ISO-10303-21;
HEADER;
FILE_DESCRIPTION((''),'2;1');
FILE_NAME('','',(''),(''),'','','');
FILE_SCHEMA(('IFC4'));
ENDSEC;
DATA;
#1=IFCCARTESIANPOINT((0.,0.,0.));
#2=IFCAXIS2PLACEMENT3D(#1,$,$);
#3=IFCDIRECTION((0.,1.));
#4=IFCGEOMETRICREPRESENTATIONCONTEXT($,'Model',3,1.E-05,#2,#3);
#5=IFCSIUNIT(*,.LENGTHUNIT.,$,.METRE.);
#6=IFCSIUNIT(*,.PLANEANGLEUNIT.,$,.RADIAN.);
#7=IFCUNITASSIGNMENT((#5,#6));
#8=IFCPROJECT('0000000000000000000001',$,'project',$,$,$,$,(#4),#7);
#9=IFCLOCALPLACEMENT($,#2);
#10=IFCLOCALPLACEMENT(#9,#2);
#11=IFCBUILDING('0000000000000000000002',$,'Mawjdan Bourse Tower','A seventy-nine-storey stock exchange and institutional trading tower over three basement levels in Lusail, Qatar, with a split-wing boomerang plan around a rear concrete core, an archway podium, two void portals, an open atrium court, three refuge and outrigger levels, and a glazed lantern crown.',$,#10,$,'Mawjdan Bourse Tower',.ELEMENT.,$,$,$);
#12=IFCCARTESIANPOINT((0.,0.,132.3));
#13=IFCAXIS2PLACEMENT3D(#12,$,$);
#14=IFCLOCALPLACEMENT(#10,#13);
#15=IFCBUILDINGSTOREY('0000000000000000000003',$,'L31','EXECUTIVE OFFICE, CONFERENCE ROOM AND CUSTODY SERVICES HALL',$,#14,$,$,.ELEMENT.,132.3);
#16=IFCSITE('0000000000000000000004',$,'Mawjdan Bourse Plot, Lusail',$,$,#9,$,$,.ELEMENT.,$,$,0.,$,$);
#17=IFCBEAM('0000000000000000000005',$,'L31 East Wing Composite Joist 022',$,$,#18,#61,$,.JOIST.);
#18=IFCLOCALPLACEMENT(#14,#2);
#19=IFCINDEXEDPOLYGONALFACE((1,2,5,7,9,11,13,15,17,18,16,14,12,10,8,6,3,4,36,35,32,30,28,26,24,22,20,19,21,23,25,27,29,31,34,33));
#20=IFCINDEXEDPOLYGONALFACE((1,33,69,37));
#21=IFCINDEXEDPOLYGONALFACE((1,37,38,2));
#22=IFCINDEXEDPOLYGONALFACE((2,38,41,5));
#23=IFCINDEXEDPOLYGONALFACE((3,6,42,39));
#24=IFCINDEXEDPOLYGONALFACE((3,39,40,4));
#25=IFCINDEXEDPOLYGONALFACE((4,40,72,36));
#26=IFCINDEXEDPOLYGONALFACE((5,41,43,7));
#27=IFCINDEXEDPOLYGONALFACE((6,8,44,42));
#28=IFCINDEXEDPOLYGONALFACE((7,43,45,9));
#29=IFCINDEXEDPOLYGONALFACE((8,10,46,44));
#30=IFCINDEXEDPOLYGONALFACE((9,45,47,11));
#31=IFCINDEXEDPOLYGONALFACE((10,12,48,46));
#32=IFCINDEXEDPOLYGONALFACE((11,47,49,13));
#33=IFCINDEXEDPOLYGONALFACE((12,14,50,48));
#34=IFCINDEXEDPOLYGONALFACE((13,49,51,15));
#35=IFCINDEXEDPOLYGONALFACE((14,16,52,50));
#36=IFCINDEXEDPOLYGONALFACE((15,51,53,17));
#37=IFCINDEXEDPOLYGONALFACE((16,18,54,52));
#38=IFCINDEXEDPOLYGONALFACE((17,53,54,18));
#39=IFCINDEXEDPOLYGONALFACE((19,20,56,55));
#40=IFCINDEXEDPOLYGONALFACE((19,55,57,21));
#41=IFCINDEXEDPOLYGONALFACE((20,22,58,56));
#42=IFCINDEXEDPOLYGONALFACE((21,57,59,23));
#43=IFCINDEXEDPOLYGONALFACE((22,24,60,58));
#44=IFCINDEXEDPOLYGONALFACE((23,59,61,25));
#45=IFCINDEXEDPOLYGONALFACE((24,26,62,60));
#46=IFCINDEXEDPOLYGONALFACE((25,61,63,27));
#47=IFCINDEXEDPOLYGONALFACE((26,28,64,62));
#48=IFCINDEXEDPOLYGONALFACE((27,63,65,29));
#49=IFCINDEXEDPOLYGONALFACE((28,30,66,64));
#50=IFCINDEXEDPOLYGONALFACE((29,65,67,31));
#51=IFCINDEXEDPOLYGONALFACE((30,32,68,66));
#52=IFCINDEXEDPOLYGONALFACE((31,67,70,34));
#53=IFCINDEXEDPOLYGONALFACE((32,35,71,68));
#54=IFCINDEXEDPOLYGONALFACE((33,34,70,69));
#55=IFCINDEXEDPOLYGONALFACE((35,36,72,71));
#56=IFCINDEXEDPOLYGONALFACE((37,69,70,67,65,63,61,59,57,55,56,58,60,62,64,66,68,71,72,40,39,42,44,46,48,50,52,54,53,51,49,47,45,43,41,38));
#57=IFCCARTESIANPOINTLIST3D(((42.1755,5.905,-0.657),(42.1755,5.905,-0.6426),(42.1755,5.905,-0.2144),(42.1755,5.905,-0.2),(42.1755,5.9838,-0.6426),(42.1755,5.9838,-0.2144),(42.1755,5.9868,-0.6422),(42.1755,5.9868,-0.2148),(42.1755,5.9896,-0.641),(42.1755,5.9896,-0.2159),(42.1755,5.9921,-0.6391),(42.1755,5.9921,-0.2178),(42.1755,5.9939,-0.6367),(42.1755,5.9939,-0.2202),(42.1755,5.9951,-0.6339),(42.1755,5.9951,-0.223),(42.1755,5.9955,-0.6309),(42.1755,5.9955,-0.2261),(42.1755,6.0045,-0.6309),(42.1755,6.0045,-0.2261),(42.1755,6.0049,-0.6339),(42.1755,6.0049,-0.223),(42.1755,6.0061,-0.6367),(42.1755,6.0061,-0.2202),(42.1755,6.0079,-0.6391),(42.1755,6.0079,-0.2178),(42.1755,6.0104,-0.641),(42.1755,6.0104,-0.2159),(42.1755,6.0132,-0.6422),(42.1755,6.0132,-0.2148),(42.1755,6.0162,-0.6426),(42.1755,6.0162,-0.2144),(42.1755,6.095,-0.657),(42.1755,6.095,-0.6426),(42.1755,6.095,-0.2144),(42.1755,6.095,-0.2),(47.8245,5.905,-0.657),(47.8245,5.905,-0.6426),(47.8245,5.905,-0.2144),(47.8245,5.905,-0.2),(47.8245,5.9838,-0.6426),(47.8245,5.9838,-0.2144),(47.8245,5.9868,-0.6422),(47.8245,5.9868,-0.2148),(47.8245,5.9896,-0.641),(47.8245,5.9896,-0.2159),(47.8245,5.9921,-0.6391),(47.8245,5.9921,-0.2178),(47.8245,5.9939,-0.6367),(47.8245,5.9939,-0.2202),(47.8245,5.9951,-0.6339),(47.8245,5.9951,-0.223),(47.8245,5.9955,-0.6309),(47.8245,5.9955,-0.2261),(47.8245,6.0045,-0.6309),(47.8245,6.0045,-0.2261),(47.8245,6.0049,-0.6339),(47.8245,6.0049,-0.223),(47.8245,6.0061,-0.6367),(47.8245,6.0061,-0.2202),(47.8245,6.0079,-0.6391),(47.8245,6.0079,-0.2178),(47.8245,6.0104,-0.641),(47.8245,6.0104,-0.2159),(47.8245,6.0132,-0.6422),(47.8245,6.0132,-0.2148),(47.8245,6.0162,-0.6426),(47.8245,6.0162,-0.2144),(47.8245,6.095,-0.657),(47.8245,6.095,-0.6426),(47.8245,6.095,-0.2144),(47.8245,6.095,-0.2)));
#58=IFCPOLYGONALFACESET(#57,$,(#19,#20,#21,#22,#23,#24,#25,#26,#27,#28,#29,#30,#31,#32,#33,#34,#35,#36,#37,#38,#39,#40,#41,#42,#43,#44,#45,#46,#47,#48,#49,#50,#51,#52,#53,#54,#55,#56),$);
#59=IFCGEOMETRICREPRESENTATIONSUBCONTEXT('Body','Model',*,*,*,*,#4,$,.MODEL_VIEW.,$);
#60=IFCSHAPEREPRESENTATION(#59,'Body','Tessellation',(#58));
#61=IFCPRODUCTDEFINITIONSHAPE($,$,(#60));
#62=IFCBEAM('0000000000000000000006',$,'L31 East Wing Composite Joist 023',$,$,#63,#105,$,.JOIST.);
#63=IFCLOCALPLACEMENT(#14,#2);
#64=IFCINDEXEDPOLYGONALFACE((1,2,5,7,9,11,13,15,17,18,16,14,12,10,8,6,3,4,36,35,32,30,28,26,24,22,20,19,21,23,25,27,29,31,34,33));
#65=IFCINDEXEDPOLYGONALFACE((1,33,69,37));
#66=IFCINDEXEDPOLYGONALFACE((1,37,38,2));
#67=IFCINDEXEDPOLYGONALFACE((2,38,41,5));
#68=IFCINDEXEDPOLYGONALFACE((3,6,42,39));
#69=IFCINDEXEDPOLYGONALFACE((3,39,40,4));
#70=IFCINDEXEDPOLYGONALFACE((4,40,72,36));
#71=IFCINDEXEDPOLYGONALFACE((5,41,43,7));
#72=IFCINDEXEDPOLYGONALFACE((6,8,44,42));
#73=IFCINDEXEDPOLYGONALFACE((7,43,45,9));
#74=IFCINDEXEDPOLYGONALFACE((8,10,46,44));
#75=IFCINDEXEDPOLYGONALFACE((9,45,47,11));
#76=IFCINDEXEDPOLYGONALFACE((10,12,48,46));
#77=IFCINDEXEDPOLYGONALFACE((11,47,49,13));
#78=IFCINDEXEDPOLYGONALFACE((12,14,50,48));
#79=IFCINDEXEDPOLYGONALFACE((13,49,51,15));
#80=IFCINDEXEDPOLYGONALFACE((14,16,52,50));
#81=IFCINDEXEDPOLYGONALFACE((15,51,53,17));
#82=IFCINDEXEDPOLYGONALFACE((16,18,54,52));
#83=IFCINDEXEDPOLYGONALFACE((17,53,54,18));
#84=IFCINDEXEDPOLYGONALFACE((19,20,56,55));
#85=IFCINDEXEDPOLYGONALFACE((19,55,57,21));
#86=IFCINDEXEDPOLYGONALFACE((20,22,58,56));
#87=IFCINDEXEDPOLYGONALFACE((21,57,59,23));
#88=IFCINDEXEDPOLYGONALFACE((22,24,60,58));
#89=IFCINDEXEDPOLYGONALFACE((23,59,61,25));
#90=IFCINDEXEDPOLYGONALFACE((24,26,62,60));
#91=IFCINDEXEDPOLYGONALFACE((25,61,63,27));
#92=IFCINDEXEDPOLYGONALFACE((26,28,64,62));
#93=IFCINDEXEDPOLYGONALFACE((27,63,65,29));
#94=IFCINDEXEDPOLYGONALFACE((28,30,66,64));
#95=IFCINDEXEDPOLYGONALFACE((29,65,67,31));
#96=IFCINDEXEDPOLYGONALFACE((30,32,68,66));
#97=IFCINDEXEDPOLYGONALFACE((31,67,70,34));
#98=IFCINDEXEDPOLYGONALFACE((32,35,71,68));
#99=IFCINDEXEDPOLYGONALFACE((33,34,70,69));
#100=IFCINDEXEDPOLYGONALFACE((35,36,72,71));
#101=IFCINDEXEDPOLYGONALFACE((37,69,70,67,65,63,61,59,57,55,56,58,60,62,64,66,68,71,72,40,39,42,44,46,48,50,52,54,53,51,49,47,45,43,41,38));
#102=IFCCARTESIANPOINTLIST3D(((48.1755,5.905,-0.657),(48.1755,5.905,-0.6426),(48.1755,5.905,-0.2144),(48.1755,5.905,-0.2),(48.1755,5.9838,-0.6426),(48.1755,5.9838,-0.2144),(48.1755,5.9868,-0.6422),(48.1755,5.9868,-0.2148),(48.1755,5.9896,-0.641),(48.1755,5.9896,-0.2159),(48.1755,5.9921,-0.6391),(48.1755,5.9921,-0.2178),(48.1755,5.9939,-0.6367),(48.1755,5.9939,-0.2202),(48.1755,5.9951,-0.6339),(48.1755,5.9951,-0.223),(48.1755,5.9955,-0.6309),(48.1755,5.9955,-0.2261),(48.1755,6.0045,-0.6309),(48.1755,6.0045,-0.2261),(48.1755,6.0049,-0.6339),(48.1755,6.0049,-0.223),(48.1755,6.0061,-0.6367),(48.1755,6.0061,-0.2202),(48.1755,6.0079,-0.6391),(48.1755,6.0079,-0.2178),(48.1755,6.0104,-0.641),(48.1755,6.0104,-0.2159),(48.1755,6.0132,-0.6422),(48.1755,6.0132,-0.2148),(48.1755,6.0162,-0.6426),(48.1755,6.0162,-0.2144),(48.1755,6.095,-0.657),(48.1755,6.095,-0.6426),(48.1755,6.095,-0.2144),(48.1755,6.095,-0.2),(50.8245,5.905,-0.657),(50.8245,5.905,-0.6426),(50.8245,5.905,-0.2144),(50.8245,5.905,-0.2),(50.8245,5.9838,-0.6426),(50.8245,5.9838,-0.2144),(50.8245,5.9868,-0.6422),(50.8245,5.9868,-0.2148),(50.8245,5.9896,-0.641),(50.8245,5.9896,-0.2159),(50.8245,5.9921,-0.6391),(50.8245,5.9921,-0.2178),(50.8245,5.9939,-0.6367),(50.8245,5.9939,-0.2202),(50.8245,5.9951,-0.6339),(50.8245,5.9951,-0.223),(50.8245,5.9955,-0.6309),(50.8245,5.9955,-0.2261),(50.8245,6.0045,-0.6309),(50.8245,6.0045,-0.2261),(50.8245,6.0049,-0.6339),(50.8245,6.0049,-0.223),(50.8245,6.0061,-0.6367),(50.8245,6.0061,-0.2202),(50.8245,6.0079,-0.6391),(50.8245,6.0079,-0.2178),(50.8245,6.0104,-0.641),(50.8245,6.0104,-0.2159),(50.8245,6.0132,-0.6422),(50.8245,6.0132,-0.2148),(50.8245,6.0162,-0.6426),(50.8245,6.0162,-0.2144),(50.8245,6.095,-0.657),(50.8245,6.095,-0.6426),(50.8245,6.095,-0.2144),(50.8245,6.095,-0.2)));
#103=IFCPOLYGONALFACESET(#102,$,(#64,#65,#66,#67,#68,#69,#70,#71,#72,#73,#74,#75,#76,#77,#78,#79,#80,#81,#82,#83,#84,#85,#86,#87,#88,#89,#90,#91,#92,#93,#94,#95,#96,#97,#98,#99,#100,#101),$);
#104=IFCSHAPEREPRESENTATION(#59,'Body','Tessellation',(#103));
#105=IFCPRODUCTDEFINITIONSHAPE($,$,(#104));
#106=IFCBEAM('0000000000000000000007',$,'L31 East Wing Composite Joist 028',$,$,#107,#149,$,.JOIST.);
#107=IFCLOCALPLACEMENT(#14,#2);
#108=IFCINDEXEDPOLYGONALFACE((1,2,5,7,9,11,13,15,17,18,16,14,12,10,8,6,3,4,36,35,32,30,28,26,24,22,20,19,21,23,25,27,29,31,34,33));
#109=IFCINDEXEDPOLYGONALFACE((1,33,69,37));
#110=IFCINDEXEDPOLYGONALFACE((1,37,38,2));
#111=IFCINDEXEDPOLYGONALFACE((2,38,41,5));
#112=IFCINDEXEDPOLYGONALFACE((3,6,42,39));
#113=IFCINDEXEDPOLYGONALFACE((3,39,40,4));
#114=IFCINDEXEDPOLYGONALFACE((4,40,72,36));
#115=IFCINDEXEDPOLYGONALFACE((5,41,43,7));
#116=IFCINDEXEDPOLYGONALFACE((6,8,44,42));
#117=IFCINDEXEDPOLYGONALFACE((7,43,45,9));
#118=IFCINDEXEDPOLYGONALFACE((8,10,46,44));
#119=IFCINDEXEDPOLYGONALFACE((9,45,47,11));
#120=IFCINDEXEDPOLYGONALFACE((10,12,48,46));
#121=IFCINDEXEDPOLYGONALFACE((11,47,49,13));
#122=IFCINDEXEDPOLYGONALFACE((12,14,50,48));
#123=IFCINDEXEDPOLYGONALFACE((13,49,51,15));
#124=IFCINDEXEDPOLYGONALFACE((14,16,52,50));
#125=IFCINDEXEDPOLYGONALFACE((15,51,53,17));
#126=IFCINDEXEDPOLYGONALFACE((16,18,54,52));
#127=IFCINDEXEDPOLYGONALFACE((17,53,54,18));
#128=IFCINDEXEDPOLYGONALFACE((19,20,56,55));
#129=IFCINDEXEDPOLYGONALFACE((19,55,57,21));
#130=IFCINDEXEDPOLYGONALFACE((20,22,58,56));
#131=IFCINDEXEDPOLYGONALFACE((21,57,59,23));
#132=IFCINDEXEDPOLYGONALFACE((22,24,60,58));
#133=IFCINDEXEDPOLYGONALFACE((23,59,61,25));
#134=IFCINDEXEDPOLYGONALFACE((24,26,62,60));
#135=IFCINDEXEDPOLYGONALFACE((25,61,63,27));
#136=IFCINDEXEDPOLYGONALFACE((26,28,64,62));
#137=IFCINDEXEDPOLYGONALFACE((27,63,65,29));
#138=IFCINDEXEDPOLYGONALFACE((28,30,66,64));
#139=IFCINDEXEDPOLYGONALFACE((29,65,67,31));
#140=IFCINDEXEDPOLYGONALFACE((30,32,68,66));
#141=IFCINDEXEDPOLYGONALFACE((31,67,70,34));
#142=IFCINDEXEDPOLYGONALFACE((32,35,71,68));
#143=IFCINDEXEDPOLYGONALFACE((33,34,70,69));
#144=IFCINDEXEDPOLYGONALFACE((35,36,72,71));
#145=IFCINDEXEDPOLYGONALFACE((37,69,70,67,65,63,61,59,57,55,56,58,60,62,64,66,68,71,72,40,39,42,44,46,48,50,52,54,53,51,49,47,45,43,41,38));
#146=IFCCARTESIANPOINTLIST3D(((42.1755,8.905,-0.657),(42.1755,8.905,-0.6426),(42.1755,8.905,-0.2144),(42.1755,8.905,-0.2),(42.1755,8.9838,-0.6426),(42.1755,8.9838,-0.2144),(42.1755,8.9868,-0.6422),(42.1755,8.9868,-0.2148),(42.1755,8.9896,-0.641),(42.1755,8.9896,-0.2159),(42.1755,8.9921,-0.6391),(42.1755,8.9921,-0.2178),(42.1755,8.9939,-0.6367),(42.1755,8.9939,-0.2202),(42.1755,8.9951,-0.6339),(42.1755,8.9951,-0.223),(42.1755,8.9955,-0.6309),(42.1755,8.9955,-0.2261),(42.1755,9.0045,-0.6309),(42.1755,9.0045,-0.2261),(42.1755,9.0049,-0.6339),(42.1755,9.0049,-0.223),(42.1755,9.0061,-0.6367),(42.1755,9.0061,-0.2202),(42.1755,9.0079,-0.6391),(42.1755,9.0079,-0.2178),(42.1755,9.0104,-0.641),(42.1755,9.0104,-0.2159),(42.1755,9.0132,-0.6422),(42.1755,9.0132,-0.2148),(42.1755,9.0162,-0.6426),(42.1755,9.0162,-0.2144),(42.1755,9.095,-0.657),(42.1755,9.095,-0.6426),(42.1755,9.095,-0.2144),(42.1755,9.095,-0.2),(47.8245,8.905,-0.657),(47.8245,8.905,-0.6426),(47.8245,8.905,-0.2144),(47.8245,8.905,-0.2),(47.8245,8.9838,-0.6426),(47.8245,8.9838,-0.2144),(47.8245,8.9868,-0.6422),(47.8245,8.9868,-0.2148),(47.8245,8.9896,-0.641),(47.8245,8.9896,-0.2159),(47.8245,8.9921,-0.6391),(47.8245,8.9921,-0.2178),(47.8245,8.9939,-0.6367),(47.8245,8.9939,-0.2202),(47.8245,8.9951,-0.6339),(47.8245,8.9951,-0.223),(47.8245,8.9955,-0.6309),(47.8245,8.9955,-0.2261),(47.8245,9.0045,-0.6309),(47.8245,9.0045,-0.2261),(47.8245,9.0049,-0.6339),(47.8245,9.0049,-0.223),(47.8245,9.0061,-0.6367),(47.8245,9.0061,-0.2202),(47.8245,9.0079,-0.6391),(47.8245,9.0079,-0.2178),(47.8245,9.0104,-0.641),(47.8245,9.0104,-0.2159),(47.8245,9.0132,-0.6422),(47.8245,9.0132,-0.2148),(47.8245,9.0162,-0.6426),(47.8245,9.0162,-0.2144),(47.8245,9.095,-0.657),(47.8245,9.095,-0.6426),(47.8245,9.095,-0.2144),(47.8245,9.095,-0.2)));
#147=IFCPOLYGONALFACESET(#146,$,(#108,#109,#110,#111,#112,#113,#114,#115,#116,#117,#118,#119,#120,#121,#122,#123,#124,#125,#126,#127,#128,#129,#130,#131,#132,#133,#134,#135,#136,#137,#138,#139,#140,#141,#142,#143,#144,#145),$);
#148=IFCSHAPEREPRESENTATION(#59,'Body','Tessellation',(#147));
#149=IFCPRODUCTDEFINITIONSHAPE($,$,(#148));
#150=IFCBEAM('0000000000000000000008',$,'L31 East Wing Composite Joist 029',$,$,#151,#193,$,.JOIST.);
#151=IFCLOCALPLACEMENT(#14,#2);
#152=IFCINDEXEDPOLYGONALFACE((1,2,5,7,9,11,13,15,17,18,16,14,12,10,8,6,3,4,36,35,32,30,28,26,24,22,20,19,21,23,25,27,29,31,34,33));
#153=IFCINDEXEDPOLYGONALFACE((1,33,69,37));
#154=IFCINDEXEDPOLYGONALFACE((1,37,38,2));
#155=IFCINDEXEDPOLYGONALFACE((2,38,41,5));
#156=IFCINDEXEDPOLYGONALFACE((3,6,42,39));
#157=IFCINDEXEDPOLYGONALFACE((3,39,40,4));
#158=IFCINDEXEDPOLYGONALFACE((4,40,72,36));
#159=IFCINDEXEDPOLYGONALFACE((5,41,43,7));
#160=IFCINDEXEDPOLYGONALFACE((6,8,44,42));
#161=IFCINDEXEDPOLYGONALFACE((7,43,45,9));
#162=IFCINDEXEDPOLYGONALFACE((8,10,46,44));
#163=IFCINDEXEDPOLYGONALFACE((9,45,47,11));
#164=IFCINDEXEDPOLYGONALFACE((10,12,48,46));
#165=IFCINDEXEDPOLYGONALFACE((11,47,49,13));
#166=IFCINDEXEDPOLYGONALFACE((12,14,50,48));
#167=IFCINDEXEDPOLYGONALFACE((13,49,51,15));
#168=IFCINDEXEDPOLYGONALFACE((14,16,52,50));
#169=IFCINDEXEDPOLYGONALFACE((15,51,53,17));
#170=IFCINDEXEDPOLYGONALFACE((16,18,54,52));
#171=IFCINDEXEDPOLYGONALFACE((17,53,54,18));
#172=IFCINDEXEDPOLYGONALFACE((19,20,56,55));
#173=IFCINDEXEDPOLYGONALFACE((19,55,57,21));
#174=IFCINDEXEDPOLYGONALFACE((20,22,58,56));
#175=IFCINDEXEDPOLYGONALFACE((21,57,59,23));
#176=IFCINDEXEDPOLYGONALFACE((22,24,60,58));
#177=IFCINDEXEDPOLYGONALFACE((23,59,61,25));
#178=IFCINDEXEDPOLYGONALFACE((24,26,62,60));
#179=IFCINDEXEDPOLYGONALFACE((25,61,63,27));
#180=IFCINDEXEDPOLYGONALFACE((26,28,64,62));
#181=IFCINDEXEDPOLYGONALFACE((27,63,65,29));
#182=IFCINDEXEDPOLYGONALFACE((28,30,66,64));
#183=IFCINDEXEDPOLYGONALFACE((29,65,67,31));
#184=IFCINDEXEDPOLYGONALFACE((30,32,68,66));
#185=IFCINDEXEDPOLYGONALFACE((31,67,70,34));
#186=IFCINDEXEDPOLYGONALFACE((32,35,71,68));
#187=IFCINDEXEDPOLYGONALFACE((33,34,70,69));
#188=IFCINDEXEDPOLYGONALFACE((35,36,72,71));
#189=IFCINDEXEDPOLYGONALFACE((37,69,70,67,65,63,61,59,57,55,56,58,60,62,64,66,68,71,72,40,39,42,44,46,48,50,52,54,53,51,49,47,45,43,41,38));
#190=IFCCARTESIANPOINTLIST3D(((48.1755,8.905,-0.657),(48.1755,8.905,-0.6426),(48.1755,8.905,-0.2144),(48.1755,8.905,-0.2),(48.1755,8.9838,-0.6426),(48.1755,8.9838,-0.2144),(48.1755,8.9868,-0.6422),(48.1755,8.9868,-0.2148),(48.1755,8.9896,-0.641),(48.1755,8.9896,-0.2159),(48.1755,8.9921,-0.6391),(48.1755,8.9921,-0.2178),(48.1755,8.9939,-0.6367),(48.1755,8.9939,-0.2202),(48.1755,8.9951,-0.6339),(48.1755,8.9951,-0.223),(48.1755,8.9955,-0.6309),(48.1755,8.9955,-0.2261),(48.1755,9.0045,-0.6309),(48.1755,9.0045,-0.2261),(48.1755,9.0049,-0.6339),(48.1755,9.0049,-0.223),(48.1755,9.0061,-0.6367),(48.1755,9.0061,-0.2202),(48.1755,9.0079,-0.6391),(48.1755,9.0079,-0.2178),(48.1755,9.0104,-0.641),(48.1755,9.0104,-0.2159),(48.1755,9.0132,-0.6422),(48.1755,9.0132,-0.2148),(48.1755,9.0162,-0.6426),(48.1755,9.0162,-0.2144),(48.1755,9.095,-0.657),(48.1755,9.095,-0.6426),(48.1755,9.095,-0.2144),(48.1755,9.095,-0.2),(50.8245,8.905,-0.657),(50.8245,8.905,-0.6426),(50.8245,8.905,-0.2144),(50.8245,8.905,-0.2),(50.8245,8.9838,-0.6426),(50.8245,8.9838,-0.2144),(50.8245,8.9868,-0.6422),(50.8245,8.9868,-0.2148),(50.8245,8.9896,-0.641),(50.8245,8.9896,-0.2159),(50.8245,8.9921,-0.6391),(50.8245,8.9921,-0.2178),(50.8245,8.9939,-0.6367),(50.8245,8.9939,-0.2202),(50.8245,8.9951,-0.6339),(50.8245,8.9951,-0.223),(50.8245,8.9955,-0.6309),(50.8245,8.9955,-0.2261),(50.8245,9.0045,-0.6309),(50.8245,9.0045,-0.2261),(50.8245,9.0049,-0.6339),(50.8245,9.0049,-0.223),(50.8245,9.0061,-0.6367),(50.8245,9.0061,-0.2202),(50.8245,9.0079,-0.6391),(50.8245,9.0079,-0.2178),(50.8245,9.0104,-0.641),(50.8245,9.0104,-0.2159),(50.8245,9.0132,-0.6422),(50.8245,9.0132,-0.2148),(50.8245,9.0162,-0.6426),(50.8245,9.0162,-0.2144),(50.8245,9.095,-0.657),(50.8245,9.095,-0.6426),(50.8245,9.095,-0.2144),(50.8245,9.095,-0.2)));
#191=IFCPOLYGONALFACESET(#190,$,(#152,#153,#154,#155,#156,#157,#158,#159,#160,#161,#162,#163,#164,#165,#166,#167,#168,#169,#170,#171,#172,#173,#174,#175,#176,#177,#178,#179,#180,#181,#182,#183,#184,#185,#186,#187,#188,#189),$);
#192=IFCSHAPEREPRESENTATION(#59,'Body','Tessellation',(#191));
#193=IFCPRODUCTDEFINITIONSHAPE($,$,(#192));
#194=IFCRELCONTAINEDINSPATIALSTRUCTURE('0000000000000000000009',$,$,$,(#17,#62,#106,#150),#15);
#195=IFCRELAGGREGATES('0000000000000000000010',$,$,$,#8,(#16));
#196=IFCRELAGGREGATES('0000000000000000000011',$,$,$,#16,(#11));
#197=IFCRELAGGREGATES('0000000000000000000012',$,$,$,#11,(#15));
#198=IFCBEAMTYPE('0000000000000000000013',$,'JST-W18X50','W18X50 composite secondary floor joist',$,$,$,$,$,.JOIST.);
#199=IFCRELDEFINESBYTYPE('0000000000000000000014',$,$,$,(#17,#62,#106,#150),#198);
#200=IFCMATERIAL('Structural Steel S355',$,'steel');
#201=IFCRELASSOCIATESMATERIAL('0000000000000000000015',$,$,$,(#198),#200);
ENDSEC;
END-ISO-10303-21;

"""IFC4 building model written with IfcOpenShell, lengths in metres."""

from ifc_helpers import new_model, si_unit, direction, frame, origin, origin_2d, place, context, subcontext, project, spatial, i_section, extrude, material, material_profile, profile_set, type_object, element, save


model = new_model("IFC4")

# Units and contexts
model_context = context("Model", 3, precision=1e-05, world=origin(), true_north=direction((0.0, 1.0)))
body_context = subcontext(model_context, "Body", "Model", "MODEL_VIEW")
ifc_project = project(units=[si_unit("LENGTHUNIT", "METRE"), si_unit("PLANEANGLEUNIT", "RADIAN")], contexts=[model_context])

# Site, building, storey
site_placement = place(None, origin())
site = spatial("IfcSite", under=ifc_project, at=site_placement, Name="Mawjdan Bourse Plot, Lusail", CompositionType="ELEMENT", RefElevation=0.0)
building_placement = place(site_placement, origin())
building = spatial("IfcBuilding", under=site, at=building_placement, Name="Mawjdan Bourse Tower", Description="A seventy-nine-storey stock exchange and institutional trading tower over three basement levels in Lusail, Qatar, with a split-wing boomerang plan around a rear concrete core, an archway podium, two void portals, an open atrium court, three refuge and outrigger levels, and a glazed lantern crown.", LongName="Mawjdan Bourse Tower", CompositionType="ELEMENT")
storey_placement = place(building_placement, frame((0.0, 0.0, 132.3)))
storey = spatial("IfcBuildingStorey", under=building, at=storey_placement, Name="L31", Description="EXECUTIVE OFFICE, CONFERENCE ROOM AND CUSTODY SERVICES HALL", CompositionType="ELEMENT", Elevation=132.3)

# Shared definitions
ifc_material_1 = material(Name="Structural Steel S355", Category="steel")

# Beams
ifc_material_profile_1 = material_profile(ifc_material_1, i_section(OverallWidth=0.1899, OverallDepth=0.457, WebThickness=0.009, FlangeThickness=0.0144, FilletRadius=0.0117, at=origin_2d()), Name="W18X50")
ifc_profile_set_1 = profile_set([ifc_material_profile_1], Name="Structural Steel S355")
beam_type_1 = type_object("IfcBeamType", Name="JST-W18X50", Description="W18X50 composite secondary floor joist", PredefinedType="JOIST", material=ifc_profile_set_1)
beam_1_placement = place(storey_placement, frame((42.1755, 6.0, -0.4285), z_axis=(1.0, 0.0, 0.0), x_axis=(0.0, 1.0, 0.0)))
element("IfcBeam", 1, at=beam_1_placement, inside=storey, type_object=beam_type_1, Name="L31 East Wing Composite Joist 022", PredefinedType="JOIST", context=body_context, shape_type="SweptSolid", body=[
    extrude(i_section(OverallWidth=0.1899, OverallDepth=0.457, WebThickness=0.009, FlangeThickness=0.0144, FilletRadius=0.0117, at=origin_2d()), origin(), (0.0, 0.0, 1.0), 5.6489),
])
beam_2_placement = place(storey_placement, frame((48.1755, 6.0, -0.4285), z_axis=(1.0, 0.0, 0.0), x_axis=(0.0, 1.0, 0.0)))
element("IfcBeam", 2, at=beam_2_placement, inside=storey, type_object=beam_type_1, Name="L31 East Wing Composite Joist 023", PredefinedType="JOIST", context=body_context, shape_type="SweptSolid", body=[
    extrude(i_section(OverallWidth=0.1899, OverallDepth=0.457, WebThickness=0.009, FlangeThickness=0.0144, FilletRadius=0.0117, at=origin_2d()), origin(), (0.0, 0.0, 1.0), 2.6489),
])
beam_3_placement = place(storey_placement, frame((42.1755, 9.0, -0.4285), z_axis=(1.0, 0.0, 0.0), x_axis=(0.0, 1.0, 0.0)))
element("IfcBeam", 3, at=beam_3_placement, inside=storey, type_object=beam_type_1, Name="L31 East Wing Composite Joist 028", PredefinedType="JOIST", context=body_context, shape_type="SweptSolid", body=[
    extrude(i_section(OverallWidth=0.1899, OverallDepth=0.457, WebThickness=0.009, FlangeThickness=0.0144, FilletRadius=0.0117, at=origin_2d()), origin(), (0.0, 0.0, 1.0), 5.6489),
])
beam_4_placement = place(storey_placement, frame((48.1755, 9.0, -0.4285), z_axis=(1.0, 0.0, 0.0), x_axis=(0.0, 1.0, 0.0)))
element("IfcBeam", 4, at=beam_4_placement, inside=storey, type_object=beam_type_1, Name="L31 East Wing Composite Joist 029", PredefinedType="JOIST", context=body_context, shape_type="SweptSolid", body=[
    extrude(i_section(OverallWidth=0.1899, OverallDepth=0.457, WebThickness=0.009, FlangeThickness=0.0144, FilletRadius=0.0117, at=origin_2d()), origin(), (0.0, 0.0, 1.0), 2.6489),
])

save(model, "model.ifc")
